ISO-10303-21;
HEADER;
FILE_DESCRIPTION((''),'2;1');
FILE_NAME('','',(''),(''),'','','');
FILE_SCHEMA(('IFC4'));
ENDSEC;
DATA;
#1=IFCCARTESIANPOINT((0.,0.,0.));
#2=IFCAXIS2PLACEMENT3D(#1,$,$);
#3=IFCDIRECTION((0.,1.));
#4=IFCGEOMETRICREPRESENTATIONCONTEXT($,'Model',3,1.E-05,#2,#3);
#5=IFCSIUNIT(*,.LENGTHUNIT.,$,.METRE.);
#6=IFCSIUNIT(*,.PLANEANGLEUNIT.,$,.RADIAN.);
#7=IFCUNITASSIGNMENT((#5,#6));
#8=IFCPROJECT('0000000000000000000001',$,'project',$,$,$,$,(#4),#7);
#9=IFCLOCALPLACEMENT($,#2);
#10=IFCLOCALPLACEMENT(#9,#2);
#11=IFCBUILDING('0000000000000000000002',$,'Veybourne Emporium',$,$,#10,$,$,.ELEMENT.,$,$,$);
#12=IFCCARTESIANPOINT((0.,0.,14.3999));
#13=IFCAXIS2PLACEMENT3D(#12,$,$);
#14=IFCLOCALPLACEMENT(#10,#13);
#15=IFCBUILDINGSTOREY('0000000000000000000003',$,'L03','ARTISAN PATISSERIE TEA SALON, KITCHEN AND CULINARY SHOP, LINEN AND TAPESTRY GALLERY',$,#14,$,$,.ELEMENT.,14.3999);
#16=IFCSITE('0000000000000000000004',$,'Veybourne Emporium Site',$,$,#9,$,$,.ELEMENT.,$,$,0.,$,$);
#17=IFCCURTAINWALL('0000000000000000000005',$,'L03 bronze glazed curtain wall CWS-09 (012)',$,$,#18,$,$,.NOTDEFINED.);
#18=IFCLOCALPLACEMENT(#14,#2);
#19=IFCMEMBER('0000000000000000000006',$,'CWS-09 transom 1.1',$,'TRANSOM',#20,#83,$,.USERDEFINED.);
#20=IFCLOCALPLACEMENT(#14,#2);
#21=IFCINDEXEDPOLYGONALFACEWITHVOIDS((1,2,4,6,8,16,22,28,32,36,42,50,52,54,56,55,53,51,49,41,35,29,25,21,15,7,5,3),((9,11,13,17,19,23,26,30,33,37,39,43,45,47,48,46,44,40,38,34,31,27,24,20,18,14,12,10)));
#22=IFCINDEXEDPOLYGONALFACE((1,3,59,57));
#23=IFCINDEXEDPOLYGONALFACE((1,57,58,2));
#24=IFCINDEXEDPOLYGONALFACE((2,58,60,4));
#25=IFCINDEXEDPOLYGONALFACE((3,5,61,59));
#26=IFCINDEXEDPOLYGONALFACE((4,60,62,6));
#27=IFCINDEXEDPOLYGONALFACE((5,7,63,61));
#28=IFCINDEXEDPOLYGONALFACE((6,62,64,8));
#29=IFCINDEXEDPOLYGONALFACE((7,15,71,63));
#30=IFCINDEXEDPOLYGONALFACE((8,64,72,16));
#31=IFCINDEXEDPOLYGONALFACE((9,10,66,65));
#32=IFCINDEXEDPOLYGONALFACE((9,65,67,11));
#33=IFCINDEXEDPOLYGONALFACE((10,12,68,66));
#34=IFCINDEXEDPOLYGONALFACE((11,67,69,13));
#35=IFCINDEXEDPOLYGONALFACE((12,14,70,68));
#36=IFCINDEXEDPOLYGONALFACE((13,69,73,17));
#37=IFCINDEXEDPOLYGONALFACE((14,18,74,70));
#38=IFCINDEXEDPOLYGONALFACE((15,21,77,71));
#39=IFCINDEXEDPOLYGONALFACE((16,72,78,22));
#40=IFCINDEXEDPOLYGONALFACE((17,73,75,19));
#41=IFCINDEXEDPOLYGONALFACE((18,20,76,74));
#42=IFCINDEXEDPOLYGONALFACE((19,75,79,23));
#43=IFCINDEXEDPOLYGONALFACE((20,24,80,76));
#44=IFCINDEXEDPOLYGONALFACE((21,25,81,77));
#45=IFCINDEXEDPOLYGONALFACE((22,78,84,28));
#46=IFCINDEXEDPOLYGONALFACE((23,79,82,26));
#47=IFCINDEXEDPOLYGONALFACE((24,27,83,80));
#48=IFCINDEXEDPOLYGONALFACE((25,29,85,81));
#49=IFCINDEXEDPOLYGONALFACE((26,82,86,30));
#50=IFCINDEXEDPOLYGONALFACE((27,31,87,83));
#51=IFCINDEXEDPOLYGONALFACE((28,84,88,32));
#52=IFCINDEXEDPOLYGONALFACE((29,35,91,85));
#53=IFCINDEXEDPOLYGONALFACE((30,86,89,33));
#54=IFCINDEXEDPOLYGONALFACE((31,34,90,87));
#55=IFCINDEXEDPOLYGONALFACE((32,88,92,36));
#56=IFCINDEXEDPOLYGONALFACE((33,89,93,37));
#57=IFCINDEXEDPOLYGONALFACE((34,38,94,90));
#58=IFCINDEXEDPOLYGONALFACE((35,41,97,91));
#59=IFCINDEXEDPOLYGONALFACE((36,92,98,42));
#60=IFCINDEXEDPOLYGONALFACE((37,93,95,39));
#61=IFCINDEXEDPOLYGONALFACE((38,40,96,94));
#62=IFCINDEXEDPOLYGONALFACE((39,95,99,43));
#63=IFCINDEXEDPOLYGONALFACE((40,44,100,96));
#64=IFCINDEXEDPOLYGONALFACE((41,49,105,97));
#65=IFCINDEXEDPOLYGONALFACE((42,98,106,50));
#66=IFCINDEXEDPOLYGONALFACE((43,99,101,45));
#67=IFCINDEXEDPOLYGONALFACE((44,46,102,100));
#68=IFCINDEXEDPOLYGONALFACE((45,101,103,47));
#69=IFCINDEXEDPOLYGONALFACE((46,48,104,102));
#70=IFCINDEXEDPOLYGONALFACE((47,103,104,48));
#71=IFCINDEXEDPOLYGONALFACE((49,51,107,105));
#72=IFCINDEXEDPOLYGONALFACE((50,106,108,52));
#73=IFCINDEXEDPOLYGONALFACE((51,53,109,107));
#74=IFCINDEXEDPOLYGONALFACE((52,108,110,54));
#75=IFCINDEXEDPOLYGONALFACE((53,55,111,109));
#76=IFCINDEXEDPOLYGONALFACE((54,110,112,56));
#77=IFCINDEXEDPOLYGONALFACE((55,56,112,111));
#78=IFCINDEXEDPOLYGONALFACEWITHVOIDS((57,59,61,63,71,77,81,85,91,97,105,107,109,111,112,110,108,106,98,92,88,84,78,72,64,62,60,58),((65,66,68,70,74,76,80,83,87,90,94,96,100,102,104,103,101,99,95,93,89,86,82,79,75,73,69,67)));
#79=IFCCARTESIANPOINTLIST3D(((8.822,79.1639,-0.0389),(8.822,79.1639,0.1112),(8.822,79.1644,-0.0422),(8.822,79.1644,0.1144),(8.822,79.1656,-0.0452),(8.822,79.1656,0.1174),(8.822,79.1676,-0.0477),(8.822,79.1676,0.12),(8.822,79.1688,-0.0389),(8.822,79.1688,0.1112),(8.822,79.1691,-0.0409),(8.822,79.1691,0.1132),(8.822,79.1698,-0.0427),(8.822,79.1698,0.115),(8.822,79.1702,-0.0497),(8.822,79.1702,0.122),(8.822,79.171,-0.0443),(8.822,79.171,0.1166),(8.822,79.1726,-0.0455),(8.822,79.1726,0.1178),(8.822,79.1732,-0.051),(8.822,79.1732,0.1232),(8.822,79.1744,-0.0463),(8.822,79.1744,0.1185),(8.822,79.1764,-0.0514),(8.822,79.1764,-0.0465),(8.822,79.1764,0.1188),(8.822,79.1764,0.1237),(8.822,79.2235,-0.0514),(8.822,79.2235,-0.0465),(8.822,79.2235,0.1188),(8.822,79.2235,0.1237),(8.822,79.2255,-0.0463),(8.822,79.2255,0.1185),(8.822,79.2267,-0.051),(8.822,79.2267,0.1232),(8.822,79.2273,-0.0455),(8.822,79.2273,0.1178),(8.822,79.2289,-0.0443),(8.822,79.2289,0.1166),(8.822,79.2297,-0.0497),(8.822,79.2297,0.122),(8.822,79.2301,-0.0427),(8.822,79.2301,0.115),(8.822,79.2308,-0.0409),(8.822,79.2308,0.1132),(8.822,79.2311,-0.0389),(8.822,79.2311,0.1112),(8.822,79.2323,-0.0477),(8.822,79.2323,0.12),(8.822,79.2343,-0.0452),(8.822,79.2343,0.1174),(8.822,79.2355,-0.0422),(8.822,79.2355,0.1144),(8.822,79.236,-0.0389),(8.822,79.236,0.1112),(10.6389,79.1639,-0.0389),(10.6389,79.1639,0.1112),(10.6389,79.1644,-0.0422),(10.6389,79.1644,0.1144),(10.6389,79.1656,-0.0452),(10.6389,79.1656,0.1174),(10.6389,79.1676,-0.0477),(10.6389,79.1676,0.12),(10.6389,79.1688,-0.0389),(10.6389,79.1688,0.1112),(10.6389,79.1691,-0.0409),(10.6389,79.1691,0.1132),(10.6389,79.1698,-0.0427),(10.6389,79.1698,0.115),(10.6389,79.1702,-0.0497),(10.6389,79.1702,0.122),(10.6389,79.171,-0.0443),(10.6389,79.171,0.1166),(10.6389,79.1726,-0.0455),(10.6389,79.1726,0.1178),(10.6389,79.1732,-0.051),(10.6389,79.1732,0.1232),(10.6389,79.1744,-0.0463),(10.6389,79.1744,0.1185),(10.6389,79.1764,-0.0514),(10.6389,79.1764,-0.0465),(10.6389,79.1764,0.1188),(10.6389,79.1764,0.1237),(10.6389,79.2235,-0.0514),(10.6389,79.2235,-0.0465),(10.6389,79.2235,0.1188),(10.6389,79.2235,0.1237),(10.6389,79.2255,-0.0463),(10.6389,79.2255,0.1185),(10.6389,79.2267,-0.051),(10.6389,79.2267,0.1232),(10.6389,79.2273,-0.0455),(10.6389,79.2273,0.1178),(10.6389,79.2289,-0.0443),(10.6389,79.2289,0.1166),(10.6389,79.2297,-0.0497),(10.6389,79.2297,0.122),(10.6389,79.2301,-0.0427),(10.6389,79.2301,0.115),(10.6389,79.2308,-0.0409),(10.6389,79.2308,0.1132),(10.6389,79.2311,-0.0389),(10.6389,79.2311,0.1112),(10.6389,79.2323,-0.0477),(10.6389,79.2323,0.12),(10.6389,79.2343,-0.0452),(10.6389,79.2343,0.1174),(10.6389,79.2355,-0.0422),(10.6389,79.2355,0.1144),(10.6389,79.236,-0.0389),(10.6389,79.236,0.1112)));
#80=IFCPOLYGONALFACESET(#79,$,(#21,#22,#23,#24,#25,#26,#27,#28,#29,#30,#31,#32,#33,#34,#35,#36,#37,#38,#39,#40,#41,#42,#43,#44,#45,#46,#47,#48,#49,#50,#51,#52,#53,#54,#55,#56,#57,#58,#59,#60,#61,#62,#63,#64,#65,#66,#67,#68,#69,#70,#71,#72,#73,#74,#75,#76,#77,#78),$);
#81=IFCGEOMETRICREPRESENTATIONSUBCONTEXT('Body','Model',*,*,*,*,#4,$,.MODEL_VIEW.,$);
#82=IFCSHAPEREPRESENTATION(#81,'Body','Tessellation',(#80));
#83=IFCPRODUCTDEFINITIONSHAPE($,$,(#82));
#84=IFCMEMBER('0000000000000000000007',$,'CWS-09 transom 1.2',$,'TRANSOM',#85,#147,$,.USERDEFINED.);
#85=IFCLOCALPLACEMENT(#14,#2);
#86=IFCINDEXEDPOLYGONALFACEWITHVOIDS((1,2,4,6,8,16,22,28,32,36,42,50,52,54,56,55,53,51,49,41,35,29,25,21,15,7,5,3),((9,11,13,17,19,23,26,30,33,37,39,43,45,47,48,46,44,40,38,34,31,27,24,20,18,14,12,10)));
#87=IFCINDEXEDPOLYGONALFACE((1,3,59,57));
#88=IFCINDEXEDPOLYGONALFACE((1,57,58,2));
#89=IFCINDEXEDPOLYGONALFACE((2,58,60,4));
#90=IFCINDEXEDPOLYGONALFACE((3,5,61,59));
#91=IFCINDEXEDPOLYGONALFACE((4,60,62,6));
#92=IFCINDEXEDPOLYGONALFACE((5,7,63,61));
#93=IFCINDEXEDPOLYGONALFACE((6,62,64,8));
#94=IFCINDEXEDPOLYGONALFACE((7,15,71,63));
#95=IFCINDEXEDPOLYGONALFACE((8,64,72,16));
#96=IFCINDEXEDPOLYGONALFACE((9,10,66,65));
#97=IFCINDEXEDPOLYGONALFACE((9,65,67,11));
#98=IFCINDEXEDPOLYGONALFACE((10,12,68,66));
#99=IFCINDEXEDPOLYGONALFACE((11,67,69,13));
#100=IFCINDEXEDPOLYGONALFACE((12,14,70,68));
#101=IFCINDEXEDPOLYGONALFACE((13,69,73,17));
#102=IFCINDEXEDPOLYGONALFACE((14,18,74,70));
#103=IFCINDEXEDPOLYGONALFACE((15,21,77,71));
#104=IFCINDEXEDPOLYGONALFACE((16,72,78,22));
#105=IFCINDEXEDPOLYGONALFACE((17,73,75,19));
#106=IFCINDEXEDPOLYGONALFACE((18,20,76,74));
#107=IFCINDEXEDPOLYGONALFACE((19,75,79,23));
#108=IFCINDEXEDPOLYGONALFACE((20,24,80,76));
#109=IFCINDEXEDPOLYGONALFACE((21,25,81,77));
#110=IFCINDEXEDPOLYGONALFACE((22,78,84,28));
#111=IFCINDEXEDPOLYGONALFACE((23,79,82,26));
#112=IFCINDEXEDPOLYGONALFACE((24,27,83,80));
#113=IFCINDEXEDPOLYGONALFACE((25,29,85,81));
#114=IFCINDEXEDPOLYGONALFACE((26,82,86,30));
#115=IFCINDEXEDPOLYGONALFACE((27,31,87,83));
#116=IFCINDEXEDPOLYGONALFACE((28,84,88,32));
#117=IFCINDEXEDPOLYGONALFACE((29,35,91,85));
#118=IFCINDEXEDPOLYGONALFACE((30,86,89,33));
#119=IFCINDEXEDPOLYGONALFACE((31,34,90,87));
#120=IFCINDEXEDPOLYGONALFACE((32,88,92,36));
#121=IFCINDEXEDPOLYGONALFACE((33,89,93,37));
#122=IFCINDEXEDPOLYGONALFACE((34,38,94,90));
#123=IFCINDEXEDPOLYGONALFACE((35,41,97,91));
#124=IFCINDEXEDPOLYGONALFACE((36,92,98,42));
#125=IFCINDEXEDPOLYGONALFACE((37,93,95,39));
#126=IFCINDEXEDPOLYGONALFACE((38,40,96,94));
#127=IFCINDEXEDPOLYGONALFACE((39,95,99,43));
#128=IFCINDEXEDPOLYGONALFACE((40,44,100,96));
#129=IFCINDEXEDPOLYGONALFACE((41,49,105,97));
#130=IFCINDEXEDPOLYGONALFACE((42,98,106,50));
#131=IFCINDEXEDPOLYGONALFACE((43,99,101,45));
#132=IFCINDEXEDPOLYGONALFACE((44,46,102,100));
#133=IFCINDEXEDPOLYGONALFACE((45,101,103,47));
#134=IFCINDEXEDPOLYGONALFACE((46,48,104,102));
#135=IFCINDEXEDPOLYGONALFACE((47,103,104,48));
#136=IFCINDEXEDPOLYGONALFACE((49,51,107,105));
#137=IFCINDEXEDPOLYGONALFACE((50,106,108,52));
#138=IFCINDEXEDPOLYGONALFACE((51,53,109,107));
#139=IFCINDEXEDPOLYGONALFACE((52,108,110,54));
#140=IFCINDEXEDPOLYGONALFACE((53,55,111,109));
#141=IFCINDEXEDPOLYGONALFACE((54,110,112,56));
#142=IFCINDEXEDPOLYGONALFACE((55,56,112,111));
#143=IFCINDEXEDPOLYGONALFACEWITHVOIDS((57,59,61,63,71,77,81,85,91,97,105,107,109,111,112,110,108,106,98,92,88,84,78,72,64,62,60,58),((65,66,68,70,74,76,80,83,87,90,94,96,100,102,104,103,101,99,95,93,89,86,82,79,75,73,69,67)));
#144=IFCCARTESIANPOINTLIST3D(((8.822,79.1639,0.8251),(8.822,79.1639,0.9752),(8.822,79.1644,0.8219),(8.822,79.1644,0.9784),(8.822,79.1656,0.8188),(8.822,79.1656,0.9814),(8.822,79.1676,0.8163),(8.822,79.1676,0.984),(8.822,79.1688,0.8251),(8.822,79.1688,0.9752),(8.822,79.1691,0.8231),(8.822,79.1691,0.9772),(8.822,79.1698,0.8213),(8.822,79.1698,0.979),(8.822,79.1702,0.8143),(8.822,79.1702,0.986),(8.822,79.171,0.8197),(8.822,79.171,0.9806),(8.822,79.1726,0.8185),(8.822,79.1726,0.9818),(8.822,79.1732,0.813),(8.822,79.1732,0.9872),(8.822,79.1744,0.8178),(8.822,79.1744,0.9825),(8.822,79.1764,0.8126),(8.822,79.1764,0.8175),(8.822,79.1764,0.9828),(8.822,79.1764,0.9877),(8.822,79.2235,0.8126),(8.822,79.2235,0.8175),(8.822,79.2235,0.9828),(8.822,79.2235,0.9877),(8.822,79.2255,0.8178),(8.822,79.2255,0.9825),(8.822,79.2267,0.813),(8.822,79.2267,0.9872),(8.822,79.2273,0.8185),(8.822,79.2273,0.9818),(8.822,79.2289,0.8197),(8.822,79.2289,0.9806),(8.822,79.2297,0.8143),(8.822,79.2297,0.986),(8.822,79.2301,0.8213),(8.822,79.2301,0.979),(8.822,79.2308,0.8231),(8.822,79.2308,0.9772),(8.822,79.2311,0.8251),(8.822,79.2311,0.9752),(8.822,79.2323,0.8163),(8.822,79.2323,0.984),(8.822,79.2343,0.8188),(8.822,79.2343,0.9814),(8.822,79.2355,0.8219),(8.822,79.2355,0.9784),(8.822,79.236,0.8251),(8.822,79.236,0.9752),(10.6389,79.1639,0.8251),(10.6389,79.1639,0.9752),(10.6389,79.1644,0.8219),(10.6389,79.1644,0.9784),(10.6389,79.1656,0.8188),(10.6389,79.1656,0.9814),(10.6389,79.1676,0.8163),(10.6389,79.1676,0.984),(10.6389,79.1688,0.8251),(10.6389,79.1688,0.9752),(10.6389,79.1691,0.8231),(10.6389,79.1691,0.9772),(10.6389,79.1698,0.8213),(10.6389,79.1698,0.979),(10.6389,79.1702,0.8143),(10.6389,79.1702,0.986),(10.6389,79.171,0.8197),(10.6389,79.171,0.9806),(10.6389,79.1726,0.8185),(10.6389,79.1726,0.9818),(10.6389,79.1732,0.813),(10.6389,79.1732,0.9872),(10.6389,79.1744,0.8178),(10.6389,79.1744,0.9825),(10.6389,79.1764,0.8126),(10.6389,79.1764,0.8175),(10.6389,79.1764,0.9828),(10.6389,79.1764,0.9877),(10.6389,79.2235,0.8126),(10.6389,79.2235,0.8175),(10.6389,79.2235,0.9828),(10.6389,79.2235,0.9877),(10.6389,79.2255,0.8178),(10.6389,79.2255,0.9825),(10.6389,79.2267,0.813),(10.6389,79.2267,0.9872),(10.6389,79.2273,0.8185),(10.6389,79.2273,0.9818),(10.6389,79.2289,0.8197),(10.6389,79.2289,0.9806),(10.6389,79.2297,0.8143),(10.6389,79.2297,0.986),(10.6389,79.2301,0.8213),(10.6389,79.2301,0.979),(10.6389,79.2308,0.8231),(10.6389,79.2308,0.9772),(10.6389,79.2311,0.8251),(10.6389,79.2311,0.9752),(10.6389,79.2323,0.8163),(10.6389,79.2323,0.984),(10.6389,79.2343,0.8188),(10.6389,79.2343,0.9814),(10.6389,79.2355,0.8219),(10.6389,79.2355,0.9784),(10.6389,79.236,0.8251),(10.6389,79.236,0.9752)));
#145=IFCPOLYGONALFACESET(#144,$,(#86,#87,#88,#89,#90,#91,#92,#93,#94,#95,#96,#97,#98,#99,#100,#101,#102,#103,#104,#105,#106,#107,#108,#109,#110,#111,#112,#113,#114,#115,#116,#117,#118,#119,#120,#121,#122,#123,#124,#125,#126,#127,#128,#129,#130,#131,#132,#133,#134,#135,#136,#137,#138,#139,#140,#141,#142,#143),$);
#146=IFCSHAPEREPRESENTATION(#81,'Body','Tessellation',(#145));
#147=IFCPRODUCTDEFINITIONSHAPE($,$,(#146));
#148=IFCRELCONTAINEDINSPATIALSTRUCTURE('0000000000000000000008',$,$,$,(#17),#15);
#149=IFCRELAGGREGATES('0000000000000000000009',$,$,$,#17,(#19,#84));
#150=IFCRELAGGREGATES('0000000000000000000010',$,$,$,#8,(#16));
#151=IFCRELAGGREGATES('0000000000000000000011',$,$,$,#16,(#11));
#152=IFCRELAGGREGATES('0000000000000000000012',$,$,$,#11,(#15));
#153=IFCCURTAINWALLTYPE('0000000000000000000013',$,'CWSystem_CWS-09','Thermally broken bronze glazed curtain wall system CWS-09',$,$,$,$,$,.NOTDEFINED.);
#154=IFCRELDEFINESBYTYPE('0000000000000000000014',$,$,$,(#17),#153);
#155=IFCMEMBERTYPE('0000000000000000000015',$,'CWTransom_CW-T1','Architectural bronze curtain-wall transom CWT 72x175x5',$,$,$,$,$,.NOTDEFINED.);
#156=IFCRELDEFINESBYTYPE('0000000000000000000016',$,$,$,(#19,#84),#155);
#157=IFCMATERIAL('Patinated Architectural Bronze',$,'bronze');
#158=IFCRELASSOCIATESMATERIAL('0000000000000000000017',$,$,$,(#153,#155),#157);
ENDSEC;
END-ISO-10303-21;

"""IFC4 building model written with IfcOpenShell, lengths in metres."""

from ifc_helpers import new_model, si_unit, direction, frame, origin, origin_2d, place, context, subcontext, project, spatial, hollow_rectangle, extrude, material, material_profile, profile_set, type_object, element, aggregate, save


model = new_model("IFC4")

# Units and contexts
model_context = context("Model", 3, precision=1e-05, world=origin(), true_north=direction((0.0, 1.0)))
body_context = subcontext(model_context, "Body", "Model", "MODEL_VIEW")
ifc_project = project(units=[si_unit("LENGTHUNIT", "METRE"), si_unit("PLANEANGLEUNIT", "RADIAN")], contexts=[model_context])

# Site, building, storey
site_placement = place(None, origin())
site = spatial("IfcSite", under=ifc_project, at=site_placement, Name="Veybourne Emporium Site", CompositionType="ELEMENT", RefElevation=0.0)
building_placement = place(site_placement, origin())
building = spatial("IfcBuilding", under=site, at=building_placement, Name="Veybourne Emporium", CompositionType="ELEMENT")
storey_placement = place(building_placement, frame((0.0, 0.0, 14.3999)))
storey = spatial("IfcBuildingStorey", under=building, at=storey_placement, Name="L03", Description="ARTISAN PATISSERIE TEA SALON, KITCHEN AND CULINARY SHOP, LINEN AND TAPESTRY GALLERY", CompositionType="ELEMENT", Elevation=14.3999)

# Curtain wall, members
ifc_material_1 = material(Name="Patinated Architectural Bronze", Category="bronze")
curtain_wall_type = type_object("IfcCurtainWallType", Name="CWSystem_CWS-09", Description="Thermally broken bronze glazed curtain wall system CWS-09", PredefinedType="NOTDEFINED", material=ifc_material_1)
curtain_wall_placement = place(storey_placement, origin())
curtain_wall = element("IfcCurtainWall", 1, at=curtain_wall_placement, inside=storey, type_object=curtain_wall_type, Name="L03 bronze glazed curtain wall CWS-09 (012)", PredefinedType="NOTDEFINED")
ifc_material_profile_1 = material_profile(ifc_material_1, hollow_rectangle(XDim=0.072, YDim=0.175, WallThickness=0.0049, InnerFilletRadius=0.0076, OuterFilletRadius=0.0125, at=origin_2d()), Name="CWT 72x175x5")
ifc_profile_set_1 = profile_set([ifc_material_profile_1], Name="Patinated Architectural Bronze")
member_type_1 = type_object("IfcMemberType", Name="CWTransom_CW-T1", Description="Architectural bronze curtain-wall transom CWT 72x175x5", PredefinedType="NOTDEFINED", material=ifc_profile_set_1)
member_1_placement = place(storey_placement, frame((8.822, 79.2, 0.0361), z_axis=(1.0, 0.0, 0.0), x_axis=(0.0, 1.0, 0.0)))
member_1 = element("IfcMember", 2, at=member_1_placement, type_object=member_type_1, Name="CWS-09 transom 1.1", ObjectType="TRANSOM", PredefinedType="USERDEFINED", context=body_context, shape_type="SweptSolid", body=[
    extrude(hollow_rectangle(XDim=0.072, YDim=0.175, WallThickness=0.0049, InnerFilletRadius=0.0076, OuterFilletRadius=0.0125, at=origin_2d()), origin(), (0.0, 0.0, 1.0), 1.8169),
])
member_2_placement = place(storey_placement, frame((8.822, 79.2, 0.9001), z_axis=(1.0, 0.0, 0.0), x_axis=(0.0, 1.0, 0.0)))
member_2 = element("IfcMember", 3, at=member_2_placement, type_object=member_type_1, Name="CWS-09 transom 1.2", ObjectType="TRANSOM", PredefinedType="USERDEFINED", context=body_context, shape_type="SweptSolid", body=[
    extrude(hollow_rectangle(XDim=0.072, YDim=0.175, WallThickness=0.0049, InnerFilletRadius=0.0076, OuterFilletRadius=0.0125, at=origin_2d()), origin(), (0.0, 0.0, 1.0), 1.8169),
])

aggregate(curtain_wall, [member_1, member_2])

save(model, "model.ifc")
